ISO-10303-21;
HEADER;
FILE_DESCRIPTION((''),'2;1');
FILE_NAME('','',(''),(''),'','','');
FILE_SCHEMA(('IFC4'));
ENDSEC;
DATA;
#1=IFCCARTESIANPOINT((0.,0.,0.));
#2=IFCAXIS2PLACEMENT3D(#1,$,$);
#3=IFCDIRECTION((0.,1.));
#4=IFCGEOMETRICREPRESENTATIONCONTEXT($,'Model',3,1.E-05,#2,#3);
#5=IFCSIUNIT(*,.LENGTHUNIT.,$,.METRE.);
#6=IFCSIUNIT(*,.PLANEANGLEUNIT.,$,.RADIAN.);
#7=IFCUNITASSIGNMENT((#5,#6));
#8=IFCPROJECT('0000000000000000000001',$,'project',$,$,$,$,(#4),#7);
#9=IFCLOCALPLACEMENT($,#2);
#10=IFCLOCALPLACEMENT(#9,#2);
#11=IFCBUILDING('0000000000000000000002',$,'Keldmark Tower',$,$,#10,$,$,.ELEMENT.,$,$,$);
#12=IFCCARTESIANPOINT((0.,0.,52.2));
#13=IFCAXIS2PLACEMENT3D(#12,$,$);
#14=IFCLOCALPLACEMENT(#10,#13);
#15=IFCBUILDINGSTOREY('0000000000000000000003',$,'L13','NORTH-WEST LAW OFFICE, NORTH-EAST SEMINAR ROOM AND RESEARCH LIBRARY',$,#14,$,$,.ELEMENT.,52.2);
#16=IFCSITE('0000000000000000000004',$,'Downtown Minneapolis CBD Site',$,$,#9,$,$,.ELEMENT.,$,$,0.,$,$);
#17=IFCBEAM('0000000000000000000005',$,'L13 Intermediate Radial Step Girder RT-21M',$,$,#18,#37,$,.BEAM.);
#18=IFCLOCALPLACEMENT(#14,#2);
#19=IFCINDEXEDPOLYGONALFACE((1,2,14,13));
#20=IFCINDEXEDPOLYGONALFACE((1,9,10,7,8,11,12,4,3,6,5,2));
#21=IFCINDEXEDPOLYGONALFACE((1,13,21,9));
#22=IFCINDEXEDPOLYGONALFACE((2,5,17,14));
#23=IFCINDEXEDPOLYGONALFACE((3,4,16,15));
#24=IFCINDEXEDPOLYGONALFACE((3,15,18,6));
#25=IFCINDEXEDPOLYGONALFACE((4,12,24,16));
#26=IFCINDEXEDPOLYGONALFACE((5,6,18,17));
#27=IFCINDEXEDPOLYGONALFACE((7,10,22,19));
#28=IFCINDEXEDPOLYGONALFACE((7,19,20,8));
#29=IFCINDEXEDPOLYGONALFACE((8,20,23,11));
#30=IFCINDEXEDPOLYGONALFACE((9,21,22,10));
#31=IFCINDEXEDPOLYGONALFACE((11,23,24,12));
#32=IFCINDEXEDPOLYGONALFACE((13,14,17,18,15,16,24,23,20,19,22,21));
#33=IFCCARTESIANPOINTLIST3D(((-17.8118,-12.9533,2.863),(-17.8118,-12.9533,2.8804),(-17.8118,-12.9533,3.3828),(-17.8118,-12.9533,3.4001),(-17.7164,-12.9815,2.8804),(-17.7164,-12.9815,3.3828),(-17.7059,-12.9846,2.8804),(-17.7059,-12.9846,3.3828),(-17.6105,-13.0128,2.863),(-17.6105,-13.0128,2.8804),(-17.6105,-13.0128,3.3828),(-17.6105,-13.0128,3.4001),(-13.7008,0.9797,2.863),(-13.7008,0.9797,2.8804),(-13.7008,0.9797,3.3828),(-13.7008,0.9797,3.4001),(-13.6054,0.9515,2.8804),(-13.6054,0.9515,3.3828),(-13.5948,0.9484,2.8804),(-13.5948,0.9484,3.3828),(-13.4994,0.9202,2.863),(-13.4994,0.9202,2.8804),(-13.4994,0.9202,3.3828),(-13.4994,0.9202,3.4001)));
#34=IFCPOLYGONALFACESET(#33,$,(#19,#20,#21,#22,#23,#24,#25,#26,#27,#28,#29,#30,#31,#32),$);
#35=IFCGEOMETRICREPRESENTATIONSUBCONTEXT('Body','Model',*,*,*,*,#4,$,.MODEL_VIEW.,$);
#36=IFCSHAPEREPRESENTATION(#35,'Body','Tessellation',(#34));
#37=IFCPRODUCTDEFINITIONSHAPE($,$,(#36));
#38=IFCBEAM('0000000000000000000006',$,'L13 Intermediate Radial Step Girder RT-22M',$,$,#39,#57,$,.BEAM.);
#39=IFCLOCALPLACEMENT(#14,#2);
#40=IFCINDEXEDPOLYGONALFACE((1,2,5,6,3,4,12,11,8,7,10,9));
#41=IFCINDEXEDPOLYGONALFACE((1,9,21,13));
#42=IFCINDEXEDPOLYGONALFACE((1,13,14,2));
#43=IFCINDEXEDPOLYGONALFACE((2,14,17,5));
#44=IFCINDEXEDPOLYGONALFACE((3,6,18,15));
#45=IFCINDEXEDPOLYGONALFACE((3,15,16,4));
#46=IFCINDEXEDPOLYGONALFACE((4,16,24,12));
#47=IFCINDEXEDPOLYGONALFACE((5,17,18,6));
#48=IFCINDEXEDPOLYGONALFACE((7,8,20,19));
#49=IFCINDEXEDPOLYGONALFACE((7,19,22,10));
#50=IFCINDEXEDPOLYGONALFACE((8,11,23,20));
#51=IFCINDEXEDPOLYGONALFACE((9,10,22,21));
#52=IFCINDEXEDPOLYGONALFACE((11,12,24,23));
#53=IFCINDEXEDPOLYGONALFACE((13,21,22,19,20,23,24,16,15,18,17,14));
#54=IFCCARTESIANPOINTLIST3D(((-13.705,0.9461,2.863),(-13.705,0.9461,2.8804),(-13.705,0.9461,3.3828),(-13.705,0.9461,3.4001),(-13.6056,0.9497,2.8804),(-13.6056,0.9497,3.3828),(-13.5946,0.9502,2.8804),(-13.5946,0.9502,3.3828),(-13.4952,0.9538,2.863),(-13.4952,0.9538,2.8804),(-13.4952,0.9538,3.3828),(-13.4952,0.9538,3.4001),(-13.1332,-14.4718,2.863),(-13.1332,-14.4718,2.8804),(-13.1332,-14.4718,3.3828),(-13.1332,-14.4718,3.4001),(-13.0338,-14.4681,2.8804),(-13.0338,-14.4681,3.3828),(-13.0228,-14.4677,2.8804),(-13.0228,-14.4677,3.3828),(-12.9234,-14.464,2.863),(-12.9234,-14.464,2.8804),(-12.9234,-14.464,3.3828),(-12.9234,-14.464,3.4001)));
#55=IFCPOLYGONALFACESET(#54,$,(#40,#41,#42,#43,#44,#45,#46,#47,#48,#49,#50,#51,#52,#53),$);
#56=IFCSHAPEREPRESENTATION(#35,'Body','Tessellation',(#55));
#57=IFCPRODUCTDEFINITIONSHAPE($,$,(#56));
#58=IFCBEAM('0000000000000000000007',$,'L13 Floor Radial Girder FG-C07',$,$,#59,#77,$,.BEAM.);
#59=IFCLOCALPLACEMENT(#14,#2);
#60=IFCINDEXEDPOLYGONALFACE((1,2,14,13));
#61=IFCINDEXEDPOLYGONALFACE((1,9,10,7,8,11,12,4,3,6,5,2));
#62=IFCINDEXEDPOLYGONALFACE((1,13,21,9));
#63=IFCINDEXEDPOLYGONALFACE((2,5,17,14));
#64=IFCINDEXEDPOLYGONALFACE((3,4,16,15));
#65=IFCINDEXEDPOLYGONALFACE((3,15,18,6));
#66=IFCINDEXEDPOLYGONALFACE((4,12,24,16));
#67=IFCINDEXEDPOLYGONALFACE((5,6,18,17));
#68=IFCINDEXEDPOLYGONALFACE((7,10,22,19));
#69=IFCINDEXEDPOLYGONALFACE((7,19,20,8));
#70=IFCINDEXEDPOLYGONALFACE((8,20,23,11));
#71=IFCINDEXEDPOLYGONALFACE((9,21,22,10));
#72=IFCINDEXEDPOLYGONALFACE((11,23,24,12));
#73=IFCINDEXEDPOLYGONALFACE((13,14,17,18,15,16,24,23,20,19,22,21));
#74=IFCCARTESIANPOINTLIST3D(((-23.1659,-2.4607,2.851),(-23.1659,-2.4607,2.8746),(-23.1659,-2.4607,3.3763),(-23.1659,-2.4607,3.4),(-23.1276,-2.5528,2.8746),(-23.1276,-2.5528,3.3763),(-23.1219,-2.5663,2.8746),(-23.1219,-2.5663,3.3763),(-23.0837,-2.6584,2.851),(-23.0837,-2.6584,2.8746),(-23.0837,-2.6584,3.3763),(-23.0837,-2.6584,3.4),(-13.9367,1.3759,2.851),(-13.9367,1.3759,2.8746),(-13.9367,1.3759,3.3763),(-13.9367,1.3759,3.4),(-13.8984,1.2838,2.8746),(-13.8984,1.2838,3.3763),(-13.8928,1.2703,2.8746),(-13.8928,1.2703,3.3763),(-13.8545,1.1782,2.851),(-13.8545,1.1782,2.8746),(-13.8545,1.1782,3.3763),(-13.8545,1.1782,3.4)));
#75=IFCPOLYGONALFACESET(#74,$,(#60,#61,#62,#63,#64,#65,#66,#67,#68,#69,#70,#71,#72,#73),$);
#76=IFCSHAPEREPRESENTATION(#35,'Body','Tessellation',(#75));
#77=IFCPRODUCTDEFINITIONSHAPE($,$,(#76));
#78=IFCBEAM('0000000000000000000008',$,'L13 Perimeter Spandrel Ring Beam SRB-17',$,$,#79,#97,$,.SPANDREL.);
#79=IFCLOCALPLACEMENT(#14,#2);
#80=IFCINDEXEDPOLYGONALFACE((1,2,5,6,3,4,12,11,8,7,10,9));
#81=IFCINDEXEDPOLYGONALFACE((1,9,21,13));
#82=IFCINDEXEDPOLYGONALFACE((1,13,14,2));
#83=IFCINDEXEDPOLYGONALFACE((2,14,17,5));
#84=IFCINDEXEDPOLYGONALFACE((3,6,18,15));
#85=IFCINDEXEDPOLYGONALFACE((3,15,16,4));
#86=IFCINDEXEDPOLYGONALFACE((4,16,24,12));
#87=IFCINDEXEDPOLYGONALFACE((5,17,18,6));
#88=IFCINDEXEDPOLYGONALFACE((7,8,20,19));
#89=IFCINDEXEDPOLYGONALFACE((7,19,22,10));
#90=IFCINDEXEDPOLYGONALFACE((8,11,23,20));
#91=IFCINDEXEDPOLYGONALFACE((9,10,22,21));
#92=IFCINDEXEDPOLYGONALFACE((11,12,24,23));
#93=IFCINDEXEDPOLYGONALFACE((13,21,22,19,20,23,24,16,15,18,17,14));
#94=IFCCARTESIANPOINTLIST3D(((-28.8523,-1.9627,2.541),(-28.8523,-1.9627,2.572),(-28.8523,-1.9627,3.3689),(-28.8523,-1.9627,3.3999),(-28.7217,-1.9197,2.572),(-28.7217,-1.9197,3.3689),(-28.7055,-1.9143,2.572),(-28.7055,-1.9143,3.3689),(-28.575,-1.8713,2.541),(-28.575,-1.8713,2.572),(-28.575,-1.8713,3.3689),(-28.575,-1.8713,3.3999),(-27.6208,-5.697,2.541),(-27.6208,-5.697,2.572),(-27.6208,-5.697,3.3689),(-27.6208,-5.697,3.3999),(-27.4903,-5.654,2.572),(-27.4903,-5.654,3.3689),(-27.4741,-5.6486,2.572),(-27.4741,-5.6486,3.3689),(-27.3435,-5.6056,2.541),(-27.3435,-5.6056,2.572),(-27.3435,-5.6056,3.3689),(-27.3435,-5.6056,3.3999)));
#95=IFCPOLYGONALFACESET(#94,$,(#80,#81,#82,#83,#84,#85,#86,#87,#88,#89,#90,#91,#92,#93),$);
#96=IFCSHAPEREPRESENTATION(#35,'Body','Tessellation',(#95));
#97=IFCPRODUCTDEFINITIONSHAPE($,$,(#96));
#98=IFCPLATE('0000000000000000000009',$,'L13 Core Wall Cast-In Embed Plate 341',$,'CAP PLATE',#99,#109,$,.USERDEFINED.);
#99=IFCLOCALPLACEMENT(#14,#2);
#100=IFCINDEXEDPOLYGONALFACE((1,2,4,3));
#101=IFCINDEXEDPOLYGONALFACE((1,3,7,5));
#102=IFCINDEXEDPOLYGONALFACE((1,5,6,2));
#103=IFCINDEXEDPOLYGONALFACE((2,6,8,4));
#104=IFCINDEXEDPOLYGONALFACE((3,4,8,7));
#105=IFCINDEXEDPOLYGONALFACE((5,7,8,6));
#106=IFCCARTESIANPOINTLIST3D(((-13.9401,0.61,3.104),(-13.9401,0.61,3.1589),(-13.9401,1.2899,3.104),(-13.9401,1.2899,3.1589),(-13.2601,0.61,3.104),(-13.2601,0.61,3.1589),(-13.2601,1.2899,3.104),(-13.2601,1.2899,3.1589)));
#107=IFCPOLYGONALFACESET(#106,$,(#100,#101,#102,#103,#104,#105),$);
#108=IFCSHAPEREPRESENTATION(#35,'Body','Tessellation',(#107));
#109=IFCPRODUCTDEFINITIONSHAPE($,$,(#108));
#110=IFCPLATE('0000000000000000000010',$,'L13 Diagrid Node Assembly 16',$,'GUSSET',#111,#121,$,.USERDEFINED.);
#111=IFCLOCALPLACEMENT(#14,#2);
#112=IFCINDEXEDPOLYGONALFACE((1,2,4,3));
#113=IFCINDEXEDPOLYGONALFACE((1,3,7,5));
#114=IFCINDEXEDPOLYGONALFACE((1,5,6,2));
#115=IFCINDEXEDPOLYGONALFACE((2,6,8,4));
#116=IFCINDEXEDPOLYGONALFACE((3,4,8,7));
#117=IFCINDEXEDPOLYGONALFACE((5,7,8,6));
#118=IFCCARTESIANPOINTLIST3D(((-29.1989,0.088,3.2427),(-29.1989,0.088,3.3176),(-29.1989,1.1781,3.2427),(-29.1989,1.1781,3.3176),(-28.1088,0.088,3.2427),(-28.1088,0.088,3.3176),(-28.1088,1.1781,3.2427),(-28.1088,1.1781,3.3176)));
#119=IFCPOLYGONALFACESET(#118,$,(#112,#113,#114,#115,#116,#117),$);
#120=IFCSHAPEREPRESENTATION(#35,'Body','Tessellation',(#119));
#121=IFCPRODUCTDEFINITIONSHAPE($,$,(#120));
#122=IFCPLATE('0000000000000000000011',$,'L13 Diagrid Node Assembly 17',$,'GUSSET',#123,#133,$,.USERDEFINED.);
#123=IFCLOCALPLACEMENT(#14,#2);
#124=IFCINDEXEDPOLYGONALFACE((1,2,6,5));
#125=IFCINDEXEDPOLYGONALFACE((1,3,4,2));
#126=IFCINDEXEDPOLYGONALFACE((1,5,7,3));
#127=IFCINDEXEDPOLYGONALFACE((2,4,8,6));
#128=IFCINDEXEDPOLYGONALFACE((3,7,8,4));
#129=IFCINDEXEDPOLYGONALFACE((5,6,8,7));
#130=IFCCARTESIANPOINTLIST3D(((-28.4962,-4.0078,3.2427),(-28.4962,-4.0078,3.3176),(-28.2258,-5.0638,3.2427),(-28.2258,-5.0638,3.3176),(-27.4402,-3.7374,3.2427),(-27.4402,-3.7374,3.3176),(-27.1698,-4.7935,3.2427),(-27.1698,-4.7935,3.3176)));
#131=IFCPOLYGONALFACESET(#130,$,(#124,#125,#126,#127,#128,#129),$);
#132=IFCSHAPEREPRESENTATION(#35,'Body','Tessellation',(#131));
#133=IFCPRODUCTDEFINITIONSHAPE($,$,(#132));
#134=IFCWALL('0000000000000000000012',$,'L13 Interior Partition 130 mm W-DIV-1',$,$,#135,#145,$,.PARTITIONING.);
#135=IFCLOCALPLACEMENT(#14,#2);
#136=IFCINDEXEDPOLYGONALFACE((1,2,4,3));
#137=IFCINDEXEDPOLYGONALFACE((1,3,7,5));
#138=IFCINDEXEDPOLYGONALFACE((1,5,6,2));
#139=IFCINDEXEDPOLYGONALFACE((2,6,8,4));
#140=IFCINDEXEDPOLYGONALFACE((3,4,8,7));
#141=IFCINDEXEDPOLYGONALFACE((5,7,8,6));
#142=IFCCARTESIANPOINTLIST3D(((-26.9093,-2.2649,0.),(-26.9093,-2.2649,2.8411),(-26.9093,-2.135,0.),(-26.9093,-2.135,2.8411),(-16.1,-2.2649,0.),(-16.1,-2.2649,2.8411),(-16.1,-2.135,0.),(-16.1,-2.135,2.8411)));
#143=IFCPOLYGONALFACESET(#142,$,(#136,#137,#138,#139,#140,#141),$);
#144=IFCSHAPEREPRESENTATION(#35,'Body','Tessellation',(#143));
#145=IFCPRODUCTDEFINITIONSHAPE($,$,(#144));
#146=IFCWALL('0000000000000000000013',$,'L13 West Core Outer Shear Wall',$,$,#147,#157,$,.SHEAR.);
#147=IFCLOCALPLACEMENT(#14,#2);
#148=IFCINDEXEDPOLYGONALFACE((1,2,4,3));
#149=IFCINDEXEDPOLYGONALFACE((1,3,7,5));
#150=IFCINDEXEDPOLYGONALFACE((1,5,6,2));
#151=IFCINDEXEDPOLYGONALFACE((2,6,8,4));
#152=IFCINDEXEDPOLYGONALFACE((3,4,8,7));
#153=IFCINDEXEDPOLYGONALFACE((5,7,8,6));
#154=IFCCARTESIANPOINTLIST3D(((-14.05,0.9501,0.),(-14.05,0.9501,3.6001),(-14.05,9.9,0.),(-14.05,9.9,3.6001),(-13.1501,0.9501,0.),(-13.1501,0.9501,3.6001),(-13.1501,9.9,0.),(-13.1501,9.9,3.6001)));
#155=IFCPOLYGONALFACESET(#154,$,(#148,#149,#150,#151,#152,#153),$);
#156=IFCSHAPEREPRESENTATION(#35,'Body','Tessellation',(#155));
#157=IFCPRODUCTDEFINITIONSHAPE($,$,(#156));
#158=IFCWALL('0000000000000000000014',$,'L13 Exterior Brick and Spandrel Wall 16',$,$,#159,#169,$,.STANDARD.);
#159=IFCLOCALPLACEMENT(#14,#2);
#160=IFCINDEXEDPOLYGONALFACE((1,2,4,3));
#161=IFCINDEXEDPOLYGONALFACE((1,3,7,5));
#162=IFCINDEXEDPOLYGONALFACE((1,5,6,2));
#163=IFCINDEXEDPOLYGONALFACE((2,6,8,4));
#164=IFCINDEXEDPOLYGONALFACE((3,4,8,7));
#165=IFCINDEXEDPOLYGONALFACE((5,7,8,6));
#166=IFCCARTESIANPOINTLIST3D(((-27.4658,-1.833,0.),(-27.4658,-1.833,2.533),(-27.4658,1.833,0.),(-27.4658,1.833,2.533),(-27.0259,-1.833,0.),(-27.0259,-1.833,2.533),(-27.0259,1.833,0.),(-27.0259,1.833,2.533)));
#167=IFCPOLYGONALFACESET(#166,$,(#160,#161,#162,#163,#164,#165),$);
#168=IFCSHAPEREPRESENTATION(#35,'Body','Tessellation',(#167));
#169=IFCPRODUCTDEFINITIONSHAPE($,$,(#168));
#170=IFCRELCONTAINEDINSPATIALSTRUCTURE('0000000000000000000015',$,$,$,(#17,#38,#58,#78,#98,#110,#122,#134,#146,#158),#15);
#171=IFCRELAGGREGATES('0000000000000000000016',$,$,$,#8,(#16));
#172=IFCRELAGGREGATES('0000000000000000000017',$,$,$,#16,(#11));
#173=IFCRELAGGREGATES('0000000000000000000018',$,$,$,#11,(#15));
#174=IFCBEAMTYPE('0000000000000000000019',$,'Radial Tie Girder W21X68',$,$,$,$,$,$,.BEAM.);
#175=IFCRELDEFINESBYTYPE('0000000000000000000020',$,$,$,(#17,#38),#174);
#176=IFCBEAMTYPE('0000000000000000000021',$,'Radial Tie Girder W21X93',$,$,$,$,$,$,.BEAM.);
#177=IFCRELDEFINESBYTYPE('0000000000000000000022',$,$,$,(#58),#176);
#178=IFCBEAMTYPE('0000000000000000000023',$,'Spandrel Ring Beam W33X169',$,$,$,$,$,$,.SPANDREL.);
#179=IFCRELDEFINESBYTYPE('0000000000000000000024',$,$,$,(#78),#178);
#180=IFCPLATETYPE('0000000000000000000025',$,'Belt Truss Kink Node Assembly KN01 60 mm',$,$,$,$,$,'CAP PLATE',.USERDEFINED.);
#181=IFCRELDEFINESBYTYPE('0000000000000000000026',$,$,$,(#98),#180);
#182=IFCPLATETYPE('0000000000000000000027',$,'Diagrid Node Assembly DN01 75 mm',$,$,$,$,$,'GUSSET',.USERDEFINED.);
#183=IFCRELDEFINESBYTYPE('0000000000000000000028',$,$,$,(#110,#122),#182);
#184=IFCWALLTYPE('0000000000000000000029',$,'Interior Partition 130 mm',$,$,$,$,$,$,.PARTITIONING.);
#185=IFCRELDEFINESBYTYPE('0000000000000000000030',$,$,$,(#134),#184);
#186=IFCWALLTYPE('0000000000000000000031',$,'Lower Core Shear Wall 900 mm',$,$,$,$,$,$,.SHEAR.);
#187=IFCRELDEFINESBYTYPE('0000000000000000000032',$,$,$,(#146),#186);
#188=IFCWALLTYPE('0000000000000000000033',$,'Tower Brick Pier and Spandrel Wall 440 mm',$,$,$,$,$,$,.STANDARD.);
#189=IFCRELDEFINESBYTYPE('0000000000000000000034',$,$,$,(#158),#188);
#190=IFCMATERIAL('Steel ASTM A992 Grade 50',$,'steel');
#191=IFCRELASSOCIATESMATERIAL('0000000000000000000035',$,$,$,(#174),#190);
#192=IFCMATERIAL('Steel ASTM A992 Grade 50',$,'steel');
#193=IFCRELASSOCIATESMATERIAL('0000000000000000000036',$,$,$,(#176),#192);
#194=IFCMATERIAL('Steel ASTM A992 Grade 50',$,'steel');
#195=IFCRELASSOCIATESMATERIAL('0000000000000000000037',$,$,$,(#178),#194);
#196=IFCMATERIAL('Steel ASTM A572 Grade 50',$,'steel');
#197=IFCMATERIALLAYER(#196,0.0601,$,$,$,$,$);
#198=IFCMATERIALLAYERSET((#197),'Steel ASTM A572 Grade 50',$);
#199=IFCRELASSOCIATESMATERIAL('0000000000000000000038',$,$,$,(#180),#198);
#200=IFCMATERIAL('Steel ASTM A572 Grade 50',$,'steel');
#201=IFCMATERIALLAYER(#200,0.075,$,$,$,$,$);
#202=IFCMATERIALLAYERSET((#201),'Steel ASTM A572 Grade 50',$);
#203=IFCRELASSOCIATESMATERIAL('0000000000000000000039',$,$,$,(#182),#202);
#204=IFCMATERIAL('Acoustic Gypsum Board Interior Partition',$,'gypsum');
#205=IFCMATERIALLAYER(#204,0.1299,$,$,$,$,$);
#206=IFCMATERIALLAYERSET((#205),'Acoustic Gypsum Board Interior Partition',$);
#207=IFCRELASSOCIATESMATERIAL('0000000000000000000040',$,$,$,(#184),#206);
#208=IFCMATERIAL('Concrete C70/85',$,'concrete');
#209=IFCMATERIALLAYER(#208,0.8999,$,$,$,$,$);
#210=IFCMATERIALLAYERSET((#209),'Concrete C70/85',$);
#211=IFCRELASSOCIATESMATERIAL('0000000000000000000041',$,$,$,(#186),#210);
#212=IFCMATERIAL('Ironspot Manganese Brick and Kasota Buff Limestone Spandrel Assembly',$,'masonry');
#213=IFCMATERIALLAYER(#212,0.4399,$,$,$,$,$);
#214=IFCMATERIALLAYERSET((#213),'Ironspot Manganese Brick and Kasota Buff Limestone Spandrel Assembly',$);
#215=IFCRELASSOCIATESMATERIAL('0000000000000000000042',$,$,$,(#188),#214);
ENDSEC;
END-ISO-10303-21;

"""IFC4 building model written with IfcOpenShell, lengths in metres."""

from ifc_helpers import new_model, si_unit, direction, frame, frame_2d, origin, origin_2d, place, context, subcontext, project, spatial, rectangle, i_section, extrude, material, layer, layer_set, material_profile, profile_set, type_object, element, save


model = new_model("IFC4")

# Units and contexts
model_context = context("Model", 3, precision=1e-05, world=origin(), true_north=direction((0.0, 1.0)))
body_context = subcontext(model_context, "Body", "Model", "MODEL_VIEW")
ifc_project = project(units=[si_unit("LENGTHUNIT", "METRE"), si_unit("PLANEANGLEUNIT", "RADIAN")], contexts=[model_context])

# Site, building, storey
site_placement = place(None, origin())
site = spatial("IfcSite", under=ifc_project, at=site_placement, Name="Downtown Minneapolis CBD Site", CompositionType="ELEMENT", RefElevation=0.0)
building_placement = place(site_placement, origin())
building = spatial("IfcBuilding", under=site, at=building_placement, Name="Keldmark Tower", CompositionType="ELEMENT")
storey_placement = place(building_placement, frame((0.0, 0.0, 52.2)))
storey = spatial("IfcBuildingStorey", under=building, at=storey_placement, Name="L13", Description="NORTH-WEST LAW OFFICE, NORTH-EAST SEMINAR ROOM AND RESEARCH LIBRARY", CompositionType="ELEMENT", Elevation=52.2)

# Beams
ifc_material_1 = material(Name="Steel ASTM A992 Grade 50", Category="steel")
ifc_material_profile_1 = material_profile(ifc_material_1, i_section(OverallWidth=0.21, OverallDepth=0.5371, WebThickness=0.011, FlangeThickness=0.0173, at=origin_2d()), Name="W21X68")
ifc_profile_set_1 = profile_set([ifc_material_profile_1], Name="Steel ASTM A992 Grade 50")
beam_type_1 = type_object("IfcBeamType", Name="Radial Tie Girder W21X68", PredefinedType="BEAM", material=ifc_profile_set_1)
beam_1_placement = place(storey_placement, frame((-13.6001, 0.95, 3.1316), z_axis=(-0.282997, -0.959121, 0.0), x_axis=(0.959121, -0.282997, 0.0)))
element("IfcBeam", 1, at=beam_1_placement, inside=storey, type_object=beam_type_1, Name="L13 Intermediate Radial Step Girder RT-21M", PredefinedType="BEAM", context=body_context, shape_type="SweptSolid", body=[
    extrude(i_section(OverallWidth=0.21, OverallDepth=0.5371, WebThickness=0.011, FlangeThickness=0.0173, at=origin_2d()), origin(), (0.0, 0.0, 1.0), 14.5269),
])
beam_2_placement = place(storey_placement, frame((-13.6001, 0.95, 3.1316), z_axis=(0.03706, -0.999313, 0.0), x_axis=(0.999313, 0.03706, 0.0)))
element("IfcBeam", 2, at=beam_2_placement, inside=storey, type_object=beam_type_1, Name="L13 Intermediate Radial Step Girder RT-22M", PredefinedType="BEAM", context=body_context, shape_type="SweptSolid", body=[
    extrude(i_section(OverallWidth=0.21, OverallDepth=0.5371, WebThickness=0.011, FlangeThickness=0.0173, at=origin_2d()), origin(), (0.0, 0.0, 1.0), 15.4285),
])
ifc_material_2 = material(Name="Steel ASTM A992 Grade 50", Category="steel")
ifc_material_profile_2 = material_profile(ifc_material_2, i_section(OverallWidth=0.2141, OverallDepth=0.5491, WebThickness=0.0146, FlangeThickness=0.0237, at=origin_2d()), Name="W21X93")
ifc_profile_set_2 = profile_set([ifc_material_profile_2], Name="Steel ASTM A992 Grade 50")
beam_type_2 = type_object("IfcBeamType", Name="Radial Tie Girder W21X93", PredefinedType="BEAM", material=ifc_profile_set_2)
beam_3_placement = place(storey_placement, frame((-23.1248, -2.5596, 3.1255), z_axis=(0.923391, 0.383861, 0.0), x_axis=(-0.383861, 0.923391, 0.0)))
element("IfcBeam", 3, at=beam_3_placement, inside=storey, type_object=beam_type_2, Name="L13 Floor Radial Girder FG-C07", PredefinedType="BEAM", context=body_context, shape_type="SweptSolid", body=[
    extrude(i_section(OverallWidth=0.2141, OverallDepth=0.5491, WebThickness=0.0146, FlangeThickness=0.0237, at=origin_2d()), origin(), (0.0, 0.0, 1.0), 9.9949),
])
ifc_material_3 = material(Name="Steel ASTM A992 Grade 50", Category="steel")
ifc_material_profile_3 = material_profile(ifc_material_3, i_section(OverallWidth=0.292, OverallDepth=0.8589, WebThickness=0.0171, FlangeThickness=0.031, at=origin_2d()), Name="W33X169")
ifc_profile_set_3 = profile_set([ifc_material_profile_3], Name="Steel ASTM A992 Grade 50")
beam_type_3 = type_object("IfcBeamType", Name="Spandrel Ring Beam W33X169", PredefinedType="SPANDREL", material=ifc_profile_set_3)
beam_4_placement = place(storey_placement, frame((-28.7136, -1.917, 2.9705), z_axis=(0.313171, -0.949697, 0.0), x_axis=(0.949697, 0.313171, 0.0)))
element("IfcBeam", 4, at=beam_4_placement, inside=storey, type_object=beam_type_3, Name="L13 Perimeter Spandrel Ring Beam SRB-17", PredefinedType="SPANDREL", context=body_context, shape_type="SweptSolid", body=[
    extrude(i_section(OverallWidth=0.292, OverallDepth=0.8589, WebThickness=0.0171, FlangeThickness=0.031, at=origin_2d()), origin(), (0.0, 0.0, 1.0), 3.9321),
])

# Plates
ifc_material_4 = material(Name="Steel ASTM A572 Grade 50", Category="steel")
ifc_layer_1 = layer(ifc_material_4, 0.0601)
ifc_layer_set_1 = layer_set([ifc_layer_1], Name="Steel ASTM A572 Grade 50")
plate_type_1 = type_object("IfcPlateType", Name="Belt Truss Kink Node Assembly KN01 60 mm", ElementType="CAP PLATE", PredefinedType="USERDEFINED", material=ifc_layer_set_1)
plate_placement = place(storey_placement, frame((-13.6001, 0.95, 3.104), z_axis=(0.0, 0.0, 1.0), x_axis=(1.0, 0.0, 0.0)))
element("IfcPlate", 5, at=plate_placement, inside=storey, type_object=plate_type_1, Name="L13 Core Wall Cast-In Embed Plate 341", ObjectType="CAP PLATE", PredefinedType="USERDEFINED", context=body_context, shape_type="SweptSolid", body=[
    extrude(rectangle(XDim=0.6799, YDim=0.6799, at=origin_2d()), origin(), (0.0, 0.0, 1.0), 0.0549),
])
ifc_material_5 = material(Name="Steel ASTM A572 Grade 50", Category="steel")
ifc_layer_2 = layer(ifc_material_5, 0.075)
ifc_layer_set_2 = layer_set([ifc_layer_2], Name="Steel ASTM A572 Grade 50")
plate_type_2 = type_object("IfcPlateType", Name="Diagrid Node Assembly DN01 75 mm", ElementType="GUSSET", PredefinedType="USERDEFINED", material=ifc_layer_set_2)
for number, where, z_axis, x_axis, name in (
    (6, (-28.6538, 0.6331, 3.2427), (0.0, 0.0, 1.0), (0.0, -1.0, 0.0), "L13 Diagrid Node Assembly 16"),
    (7, (-27.833, -4.4006, 3.2427), (0.0, 0.0, 1.0), (0.248014, -0.968757, 0.0), "L13 Diagrid Node Assembly 17"),
):
    element("IfcPlate", number, at=place(storey_placement, frame(where, z_axis=z_axis, x_axis=x_axis)), inside=storey, type_object=plate_type_2, Name=name, ObjectType="GUSSET", PredefinedType="USERDEFINED", context=body_context, shape_type="SweptSolid", body=[
        extrude(rectangle(XDim=1.0901, YDim=1.0901, at=origin_2d()), origin(), (0.0, 0.0, 1.0), 0.075),
    ])

# Walls
ifc_material_6 = material(Name="Acoustic Gypsum Board Interior Partition", Category="gypsum")
ifc_layer_3 = layer(ifc_material_6, 0.1299)
ifc_layer_set_3 = layer_set([ifc_layer_3], Name="Acoustic Gypsum Board Interior Partition")
wall_type_1 = type_object("IfcWallType", Name="Interior Partition 130 mm", PredefinedType="PARTITIONING", material=ifc_layer_set_3)
wall_1_placement = place(storey_placement, frame((-26.9094, -2.2, 0.0), z_axis=(0.0, 0.0, 1.0), x_axis=(1.0, 0.0, 0.0)))
element("IfcWall", 8, at=wall_1_placement, inside=storey, type_object=wall_type_1, Name="L13 Interior Partition 130 mm W-DIV-1", PredefinedType="PARTITIONING", context=body_context, shape_type="SweptSolid", body=[
    extrude(rectangle(XDim=10.8093, YDim=0.1299, at=frame_2d((5.4048, 0.0))), origin(), (0.0, 0.0, 1.0), 2.8411),
])
ifc_material_7 = material(Name="Concrete C70/85", Category="concrete")
ifc_layer_4 = layer(ifc_material_7, 0.8999)
ifc_layer_set_4 = layer_set([ifc_layer_4], Name="Concrete C70/85")
wall_type_2 = type_object("IfcWallType", Name="Lower Core Shear Wall 900 mm", PredefinedType="SHEAR", material=ifc_layer_set_4)
wall_2_placement = place(storey_placement, frame((-13.6001, 0.95, 0.0), z_axis=(0.0, 0.0, 1.0), x_axis=(0.0, 1.0, 0.0)))
element("IfcWall", 9, at=wall_2_placement, inside=storey, type_object=wall_type_2, Name="L13 West Core Outer Shear Wall", PredefinedType="SHEAR", context=body_context, shape_type="SweptSolid", body=[
    extrude(rectangle(XDim=8.95, YDim=0.8999, at=frame_2d((4.4751, 0.0))), origin(), (0.0, 0.0, 1.0), 3.6001),
])
ifc_material_8 = material(Name="Ironspot Manganese Brick and Kasota Buff Limestone Spandrel Assembly", Category="masonry")
ifc_layer_5 = layer(ifc_material_8, 0.4399)
ifc_layer_set_5 = layer_set([ifc_layer_5], Name="Ironspot Manganese Brick and Kasota Buff Limestone Spandrel Assembly")
wall_type_3 = type_object("IfcWallType", Name="Tower Brick Pier and Spandrel Wall 440 mm", PredefinedType="STANDARD", material=ifc_layer_set_5)
wall_3_placement = place(storey_placement, frame((-27.2458, -1.833, 0.0), z_axis=(0.0, 0.0, 1.0), x_axis=(0.0, 1.0, 0.0)))
element("IfcWall", 10, at=wall_3_placement, inside=storey, type_object=wall_type_3, Name="L13 Exterior Brick and Spandrel Wall 16", PredefinedType="STANDARD", context=body_context, shape_type="SweptSolid", body=[
    extrude(rectangle(XDim=3.666, YDim=0.4399, at=frame_2d((1.833, 0.0))), origin(), (0.0, 0.0, 1.0), 2.533),
])

save(model, "model.ifc")
